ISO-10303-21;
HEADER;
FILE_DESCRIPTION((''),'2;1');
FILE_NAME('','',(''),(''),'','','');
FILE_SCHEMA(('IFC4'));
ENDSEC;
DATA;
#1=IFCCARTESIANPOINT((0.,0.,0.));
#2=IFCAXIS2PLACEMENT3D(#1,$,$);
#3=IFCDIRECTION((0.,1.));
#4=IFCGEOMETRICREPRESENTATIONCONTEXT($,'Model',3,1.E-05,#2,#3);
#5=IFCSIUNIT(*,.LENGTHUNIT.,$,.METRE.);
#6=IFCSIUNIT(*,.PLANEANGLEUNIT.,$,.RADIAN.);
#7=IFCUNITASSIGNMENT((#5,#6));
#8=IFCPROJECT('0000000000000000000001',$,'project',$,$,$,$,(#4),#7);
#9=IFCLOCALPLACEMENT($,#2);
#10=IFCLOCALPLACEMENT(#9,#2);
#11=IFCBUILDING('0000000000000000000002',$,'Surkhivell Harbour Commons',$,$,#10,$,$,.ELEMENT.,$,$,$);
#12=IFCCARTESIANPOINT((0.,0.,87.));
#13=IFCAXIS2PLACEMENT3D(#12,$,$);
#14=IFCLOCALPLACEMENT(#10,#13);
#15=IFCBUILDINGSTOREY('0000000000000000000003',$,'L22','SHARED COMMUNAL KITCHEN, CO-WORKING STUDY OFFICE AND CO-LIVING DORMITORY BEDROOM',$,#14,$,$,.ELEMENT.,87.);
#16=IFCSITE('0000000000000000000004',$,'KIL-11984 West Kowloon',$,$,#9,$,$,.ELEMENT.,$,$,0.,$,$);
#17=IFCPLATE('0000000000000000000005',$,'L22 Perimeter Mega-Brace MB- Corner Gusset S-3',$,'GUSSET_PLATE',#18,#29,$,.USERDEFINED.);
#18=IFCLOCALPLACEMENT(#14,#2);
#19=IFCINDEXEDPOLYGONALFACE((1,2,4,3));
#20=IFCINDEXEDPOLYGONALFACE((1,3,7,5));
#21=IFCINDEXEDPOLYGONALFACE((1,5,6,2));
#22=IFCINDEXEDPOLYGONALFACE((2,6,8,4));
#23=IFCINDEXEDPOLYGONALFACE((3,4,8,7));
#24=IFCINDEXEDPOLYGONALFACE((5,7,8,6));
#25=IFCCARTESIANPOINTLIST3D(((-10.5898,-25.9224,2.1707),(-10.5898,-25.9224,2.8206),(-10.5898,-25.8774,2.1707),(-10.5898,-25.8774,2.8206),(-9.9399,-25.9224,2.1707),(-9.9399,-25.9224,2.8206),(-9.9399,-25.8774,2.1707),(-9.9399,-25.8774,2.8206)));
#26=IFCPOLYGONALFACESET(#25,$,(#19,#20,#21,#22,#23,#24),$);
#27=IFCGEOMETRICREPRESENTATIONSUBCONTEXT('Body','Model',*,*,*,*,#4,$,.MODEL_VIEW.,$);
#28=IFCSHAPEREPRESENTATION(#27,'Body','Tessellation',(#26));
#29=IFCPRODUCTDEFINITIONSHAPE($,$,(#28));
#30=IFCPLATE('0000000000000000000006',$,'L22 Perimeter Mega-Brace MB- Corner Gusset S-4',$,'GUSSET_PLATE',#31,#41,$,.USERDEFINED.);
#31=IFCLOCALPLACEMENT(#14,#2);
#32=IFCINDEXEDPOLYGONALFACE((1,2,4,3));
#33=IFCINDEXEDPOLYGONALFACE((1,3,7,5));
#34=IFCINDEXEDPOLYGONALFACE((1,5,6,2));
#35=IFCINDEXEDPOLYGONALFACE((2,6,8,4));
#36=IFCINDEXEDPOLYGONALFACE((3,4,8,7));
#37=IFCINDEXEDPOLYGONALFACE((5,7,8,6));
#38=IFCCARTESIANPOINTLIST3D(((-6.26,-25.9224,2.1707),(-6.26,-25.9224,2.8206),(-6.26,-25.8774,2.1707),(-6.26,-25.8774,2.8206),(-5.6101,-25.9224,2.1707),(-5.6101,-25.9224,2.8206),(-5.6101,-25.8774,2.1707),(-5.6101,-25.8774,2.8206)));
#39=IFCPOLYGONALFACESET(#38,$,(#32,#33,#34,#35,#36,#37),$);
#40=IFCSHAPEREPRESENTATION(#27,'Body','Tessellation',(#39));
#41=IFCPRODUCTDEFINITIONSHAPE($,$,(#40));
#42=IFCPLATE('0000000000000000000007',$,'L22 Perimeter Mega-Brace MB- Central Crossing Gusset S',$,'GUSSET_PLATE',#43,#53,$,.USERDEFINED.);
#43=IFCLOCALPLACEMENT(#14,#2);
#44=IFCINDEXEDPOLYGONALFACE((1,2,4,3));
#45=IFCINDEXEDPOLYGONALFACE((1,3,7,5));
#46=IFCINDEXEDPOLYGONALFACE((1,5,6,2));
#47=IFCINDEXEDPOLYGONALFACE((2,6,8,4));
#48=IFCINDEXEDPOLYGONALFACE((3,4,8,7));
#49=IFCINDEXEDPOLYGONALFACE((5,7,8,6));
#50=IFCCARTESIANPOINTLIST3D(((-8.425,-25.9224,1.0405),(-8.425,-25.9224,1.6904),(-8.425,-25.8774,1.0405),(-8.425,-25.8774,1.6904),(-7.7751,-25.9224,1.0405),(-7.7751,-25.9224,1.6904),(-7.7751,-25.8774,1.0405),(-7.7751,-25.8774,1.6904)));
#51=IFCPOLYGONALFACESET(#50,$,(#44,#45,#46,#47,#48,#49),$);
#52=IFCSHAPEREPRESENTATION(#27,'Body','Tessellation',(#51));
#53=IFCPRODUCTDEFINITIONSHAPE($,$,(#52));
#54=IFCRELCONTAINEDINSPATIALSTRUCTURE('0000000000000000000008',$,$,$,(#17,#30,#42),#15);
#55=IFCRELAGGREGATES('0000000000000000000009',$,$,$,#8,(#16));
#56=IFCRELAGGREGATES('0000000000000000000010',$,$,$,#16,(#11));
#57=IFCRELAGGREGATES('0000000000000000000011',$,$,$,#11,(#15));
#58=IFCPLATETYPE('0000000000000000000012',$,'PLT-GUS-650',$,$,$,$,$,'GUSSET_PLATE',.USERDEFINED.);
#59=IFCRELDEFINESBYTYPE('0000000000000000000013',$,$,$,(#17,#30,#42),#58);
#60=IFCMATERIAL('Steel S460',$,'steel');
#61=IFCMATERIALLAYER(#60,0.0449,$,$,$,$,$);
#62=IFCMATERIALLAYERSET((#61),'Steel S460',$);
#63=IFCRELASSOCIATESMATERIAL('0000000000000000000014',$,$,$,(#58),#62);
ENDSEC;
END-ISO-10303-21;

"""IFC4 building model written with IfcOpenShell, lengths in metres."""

from ifc_helpers import new_model, si_unit, direction, frame, origin, origin_2d, place, context, subcontext, project, spatial, rectangle, extrude, material, layer, layer_set, type_object, element, save


model = new_model("IFC4")

# Units and contexts
model_context = context("Model", 3, precision=1e-05, world=origin(), true_north=direction((0.0, 1.0)))
body_context = subcontext(model_context, "Body", "Model", "MODEL_VIEW")
ifc_project = project(units=[si_unit("LENGTHUNIT", "METRE"), si_unit("PLANEANGLEUNIT", "RADIAN")], contexts=[model_context])

# Site, building, storey
site_placement = place(None, origin())
site = spatial("IfcSite", under=ifc_project, at=site_placement, Name="KIL-11984 West Kowloon", CompositionType="ELEMENT", RefElevation=0.0)
building_placement = place(site_placement, origin())
building = spatial("IfcBuilding", under=site, at=building_placement, Name="Surkhivell Harbour Commons", CompositionType="ELEMENT")
storey_placement = place(building_placement, frame((0.0, 0.0, 87.0)))
storey = spatial("IfcBuildingStorey", under=building, at=storey_placement, Name="L22", Description="SHARED COMMUNAL KITCHEN, CO-WORKING STUDY OFFICE AND CO-LIVING DORMITORY BEDROOM", CompositionType="ELEMENT", Elevation=87.0)

# Shared definitions
ifc_material_1 = material(Name="Steel S460", Category="steel")

# Plates
ifc_layer_1 = layer(ifc_material_1, 0.0449)
ifc_layer_set_1 = layer_set([ifc_layer_1], Name="Steel S460")
plate_type_1 = type_object("IfcPlateType", Name="PLT-GUS-650", ElementType="GUSSET_PLATE", PredefinedType="USERDEFINED", material=ifc_layer_set_1)
for number, where, z_axis, x_axis, name in (
    (1, (-10.2649, -25.8999, 2.1707), (0.0, 0.0, 1.0), (1.0, 0.0, 0.0), "L22 Perimeter Mega-Brace MB- Corner Gusset S-3"),
    (2, (-5.9351, -25.8999, 2.1707), (0.0, 0.0, 1.0), (1.0, 0.0, 0.0), "L22 Perimeter Mega-Brace MB- Corner Gusset S-4"),
    (3, (-8.1001, -25.8999, 1.0405), (0.0, 0.0, 1.0), (1.0, 0.0, 0.0), "L22 Perimeter Mega-Brace MB- Central Crossing Gusset S"),
):
    element("IfcPlate", number, at=place(storey_placement, frame(where, z_axis=z_axis, x_axis=x_axis)), inside=storey, type_object=plate_type_1, Name=name, ObjectType="GUSSET_PLATE", PredefinedType="USERDEFINED", context=body_context, shape_type="SweptSolid", body=[
        extrude(rectangle(XDim=0.6499, YDim=0.0449, at=origin_2d()), origin(), (0.0, 0.0, 1.0), 0.6499),
    ])

save(model, "model.ifc")
